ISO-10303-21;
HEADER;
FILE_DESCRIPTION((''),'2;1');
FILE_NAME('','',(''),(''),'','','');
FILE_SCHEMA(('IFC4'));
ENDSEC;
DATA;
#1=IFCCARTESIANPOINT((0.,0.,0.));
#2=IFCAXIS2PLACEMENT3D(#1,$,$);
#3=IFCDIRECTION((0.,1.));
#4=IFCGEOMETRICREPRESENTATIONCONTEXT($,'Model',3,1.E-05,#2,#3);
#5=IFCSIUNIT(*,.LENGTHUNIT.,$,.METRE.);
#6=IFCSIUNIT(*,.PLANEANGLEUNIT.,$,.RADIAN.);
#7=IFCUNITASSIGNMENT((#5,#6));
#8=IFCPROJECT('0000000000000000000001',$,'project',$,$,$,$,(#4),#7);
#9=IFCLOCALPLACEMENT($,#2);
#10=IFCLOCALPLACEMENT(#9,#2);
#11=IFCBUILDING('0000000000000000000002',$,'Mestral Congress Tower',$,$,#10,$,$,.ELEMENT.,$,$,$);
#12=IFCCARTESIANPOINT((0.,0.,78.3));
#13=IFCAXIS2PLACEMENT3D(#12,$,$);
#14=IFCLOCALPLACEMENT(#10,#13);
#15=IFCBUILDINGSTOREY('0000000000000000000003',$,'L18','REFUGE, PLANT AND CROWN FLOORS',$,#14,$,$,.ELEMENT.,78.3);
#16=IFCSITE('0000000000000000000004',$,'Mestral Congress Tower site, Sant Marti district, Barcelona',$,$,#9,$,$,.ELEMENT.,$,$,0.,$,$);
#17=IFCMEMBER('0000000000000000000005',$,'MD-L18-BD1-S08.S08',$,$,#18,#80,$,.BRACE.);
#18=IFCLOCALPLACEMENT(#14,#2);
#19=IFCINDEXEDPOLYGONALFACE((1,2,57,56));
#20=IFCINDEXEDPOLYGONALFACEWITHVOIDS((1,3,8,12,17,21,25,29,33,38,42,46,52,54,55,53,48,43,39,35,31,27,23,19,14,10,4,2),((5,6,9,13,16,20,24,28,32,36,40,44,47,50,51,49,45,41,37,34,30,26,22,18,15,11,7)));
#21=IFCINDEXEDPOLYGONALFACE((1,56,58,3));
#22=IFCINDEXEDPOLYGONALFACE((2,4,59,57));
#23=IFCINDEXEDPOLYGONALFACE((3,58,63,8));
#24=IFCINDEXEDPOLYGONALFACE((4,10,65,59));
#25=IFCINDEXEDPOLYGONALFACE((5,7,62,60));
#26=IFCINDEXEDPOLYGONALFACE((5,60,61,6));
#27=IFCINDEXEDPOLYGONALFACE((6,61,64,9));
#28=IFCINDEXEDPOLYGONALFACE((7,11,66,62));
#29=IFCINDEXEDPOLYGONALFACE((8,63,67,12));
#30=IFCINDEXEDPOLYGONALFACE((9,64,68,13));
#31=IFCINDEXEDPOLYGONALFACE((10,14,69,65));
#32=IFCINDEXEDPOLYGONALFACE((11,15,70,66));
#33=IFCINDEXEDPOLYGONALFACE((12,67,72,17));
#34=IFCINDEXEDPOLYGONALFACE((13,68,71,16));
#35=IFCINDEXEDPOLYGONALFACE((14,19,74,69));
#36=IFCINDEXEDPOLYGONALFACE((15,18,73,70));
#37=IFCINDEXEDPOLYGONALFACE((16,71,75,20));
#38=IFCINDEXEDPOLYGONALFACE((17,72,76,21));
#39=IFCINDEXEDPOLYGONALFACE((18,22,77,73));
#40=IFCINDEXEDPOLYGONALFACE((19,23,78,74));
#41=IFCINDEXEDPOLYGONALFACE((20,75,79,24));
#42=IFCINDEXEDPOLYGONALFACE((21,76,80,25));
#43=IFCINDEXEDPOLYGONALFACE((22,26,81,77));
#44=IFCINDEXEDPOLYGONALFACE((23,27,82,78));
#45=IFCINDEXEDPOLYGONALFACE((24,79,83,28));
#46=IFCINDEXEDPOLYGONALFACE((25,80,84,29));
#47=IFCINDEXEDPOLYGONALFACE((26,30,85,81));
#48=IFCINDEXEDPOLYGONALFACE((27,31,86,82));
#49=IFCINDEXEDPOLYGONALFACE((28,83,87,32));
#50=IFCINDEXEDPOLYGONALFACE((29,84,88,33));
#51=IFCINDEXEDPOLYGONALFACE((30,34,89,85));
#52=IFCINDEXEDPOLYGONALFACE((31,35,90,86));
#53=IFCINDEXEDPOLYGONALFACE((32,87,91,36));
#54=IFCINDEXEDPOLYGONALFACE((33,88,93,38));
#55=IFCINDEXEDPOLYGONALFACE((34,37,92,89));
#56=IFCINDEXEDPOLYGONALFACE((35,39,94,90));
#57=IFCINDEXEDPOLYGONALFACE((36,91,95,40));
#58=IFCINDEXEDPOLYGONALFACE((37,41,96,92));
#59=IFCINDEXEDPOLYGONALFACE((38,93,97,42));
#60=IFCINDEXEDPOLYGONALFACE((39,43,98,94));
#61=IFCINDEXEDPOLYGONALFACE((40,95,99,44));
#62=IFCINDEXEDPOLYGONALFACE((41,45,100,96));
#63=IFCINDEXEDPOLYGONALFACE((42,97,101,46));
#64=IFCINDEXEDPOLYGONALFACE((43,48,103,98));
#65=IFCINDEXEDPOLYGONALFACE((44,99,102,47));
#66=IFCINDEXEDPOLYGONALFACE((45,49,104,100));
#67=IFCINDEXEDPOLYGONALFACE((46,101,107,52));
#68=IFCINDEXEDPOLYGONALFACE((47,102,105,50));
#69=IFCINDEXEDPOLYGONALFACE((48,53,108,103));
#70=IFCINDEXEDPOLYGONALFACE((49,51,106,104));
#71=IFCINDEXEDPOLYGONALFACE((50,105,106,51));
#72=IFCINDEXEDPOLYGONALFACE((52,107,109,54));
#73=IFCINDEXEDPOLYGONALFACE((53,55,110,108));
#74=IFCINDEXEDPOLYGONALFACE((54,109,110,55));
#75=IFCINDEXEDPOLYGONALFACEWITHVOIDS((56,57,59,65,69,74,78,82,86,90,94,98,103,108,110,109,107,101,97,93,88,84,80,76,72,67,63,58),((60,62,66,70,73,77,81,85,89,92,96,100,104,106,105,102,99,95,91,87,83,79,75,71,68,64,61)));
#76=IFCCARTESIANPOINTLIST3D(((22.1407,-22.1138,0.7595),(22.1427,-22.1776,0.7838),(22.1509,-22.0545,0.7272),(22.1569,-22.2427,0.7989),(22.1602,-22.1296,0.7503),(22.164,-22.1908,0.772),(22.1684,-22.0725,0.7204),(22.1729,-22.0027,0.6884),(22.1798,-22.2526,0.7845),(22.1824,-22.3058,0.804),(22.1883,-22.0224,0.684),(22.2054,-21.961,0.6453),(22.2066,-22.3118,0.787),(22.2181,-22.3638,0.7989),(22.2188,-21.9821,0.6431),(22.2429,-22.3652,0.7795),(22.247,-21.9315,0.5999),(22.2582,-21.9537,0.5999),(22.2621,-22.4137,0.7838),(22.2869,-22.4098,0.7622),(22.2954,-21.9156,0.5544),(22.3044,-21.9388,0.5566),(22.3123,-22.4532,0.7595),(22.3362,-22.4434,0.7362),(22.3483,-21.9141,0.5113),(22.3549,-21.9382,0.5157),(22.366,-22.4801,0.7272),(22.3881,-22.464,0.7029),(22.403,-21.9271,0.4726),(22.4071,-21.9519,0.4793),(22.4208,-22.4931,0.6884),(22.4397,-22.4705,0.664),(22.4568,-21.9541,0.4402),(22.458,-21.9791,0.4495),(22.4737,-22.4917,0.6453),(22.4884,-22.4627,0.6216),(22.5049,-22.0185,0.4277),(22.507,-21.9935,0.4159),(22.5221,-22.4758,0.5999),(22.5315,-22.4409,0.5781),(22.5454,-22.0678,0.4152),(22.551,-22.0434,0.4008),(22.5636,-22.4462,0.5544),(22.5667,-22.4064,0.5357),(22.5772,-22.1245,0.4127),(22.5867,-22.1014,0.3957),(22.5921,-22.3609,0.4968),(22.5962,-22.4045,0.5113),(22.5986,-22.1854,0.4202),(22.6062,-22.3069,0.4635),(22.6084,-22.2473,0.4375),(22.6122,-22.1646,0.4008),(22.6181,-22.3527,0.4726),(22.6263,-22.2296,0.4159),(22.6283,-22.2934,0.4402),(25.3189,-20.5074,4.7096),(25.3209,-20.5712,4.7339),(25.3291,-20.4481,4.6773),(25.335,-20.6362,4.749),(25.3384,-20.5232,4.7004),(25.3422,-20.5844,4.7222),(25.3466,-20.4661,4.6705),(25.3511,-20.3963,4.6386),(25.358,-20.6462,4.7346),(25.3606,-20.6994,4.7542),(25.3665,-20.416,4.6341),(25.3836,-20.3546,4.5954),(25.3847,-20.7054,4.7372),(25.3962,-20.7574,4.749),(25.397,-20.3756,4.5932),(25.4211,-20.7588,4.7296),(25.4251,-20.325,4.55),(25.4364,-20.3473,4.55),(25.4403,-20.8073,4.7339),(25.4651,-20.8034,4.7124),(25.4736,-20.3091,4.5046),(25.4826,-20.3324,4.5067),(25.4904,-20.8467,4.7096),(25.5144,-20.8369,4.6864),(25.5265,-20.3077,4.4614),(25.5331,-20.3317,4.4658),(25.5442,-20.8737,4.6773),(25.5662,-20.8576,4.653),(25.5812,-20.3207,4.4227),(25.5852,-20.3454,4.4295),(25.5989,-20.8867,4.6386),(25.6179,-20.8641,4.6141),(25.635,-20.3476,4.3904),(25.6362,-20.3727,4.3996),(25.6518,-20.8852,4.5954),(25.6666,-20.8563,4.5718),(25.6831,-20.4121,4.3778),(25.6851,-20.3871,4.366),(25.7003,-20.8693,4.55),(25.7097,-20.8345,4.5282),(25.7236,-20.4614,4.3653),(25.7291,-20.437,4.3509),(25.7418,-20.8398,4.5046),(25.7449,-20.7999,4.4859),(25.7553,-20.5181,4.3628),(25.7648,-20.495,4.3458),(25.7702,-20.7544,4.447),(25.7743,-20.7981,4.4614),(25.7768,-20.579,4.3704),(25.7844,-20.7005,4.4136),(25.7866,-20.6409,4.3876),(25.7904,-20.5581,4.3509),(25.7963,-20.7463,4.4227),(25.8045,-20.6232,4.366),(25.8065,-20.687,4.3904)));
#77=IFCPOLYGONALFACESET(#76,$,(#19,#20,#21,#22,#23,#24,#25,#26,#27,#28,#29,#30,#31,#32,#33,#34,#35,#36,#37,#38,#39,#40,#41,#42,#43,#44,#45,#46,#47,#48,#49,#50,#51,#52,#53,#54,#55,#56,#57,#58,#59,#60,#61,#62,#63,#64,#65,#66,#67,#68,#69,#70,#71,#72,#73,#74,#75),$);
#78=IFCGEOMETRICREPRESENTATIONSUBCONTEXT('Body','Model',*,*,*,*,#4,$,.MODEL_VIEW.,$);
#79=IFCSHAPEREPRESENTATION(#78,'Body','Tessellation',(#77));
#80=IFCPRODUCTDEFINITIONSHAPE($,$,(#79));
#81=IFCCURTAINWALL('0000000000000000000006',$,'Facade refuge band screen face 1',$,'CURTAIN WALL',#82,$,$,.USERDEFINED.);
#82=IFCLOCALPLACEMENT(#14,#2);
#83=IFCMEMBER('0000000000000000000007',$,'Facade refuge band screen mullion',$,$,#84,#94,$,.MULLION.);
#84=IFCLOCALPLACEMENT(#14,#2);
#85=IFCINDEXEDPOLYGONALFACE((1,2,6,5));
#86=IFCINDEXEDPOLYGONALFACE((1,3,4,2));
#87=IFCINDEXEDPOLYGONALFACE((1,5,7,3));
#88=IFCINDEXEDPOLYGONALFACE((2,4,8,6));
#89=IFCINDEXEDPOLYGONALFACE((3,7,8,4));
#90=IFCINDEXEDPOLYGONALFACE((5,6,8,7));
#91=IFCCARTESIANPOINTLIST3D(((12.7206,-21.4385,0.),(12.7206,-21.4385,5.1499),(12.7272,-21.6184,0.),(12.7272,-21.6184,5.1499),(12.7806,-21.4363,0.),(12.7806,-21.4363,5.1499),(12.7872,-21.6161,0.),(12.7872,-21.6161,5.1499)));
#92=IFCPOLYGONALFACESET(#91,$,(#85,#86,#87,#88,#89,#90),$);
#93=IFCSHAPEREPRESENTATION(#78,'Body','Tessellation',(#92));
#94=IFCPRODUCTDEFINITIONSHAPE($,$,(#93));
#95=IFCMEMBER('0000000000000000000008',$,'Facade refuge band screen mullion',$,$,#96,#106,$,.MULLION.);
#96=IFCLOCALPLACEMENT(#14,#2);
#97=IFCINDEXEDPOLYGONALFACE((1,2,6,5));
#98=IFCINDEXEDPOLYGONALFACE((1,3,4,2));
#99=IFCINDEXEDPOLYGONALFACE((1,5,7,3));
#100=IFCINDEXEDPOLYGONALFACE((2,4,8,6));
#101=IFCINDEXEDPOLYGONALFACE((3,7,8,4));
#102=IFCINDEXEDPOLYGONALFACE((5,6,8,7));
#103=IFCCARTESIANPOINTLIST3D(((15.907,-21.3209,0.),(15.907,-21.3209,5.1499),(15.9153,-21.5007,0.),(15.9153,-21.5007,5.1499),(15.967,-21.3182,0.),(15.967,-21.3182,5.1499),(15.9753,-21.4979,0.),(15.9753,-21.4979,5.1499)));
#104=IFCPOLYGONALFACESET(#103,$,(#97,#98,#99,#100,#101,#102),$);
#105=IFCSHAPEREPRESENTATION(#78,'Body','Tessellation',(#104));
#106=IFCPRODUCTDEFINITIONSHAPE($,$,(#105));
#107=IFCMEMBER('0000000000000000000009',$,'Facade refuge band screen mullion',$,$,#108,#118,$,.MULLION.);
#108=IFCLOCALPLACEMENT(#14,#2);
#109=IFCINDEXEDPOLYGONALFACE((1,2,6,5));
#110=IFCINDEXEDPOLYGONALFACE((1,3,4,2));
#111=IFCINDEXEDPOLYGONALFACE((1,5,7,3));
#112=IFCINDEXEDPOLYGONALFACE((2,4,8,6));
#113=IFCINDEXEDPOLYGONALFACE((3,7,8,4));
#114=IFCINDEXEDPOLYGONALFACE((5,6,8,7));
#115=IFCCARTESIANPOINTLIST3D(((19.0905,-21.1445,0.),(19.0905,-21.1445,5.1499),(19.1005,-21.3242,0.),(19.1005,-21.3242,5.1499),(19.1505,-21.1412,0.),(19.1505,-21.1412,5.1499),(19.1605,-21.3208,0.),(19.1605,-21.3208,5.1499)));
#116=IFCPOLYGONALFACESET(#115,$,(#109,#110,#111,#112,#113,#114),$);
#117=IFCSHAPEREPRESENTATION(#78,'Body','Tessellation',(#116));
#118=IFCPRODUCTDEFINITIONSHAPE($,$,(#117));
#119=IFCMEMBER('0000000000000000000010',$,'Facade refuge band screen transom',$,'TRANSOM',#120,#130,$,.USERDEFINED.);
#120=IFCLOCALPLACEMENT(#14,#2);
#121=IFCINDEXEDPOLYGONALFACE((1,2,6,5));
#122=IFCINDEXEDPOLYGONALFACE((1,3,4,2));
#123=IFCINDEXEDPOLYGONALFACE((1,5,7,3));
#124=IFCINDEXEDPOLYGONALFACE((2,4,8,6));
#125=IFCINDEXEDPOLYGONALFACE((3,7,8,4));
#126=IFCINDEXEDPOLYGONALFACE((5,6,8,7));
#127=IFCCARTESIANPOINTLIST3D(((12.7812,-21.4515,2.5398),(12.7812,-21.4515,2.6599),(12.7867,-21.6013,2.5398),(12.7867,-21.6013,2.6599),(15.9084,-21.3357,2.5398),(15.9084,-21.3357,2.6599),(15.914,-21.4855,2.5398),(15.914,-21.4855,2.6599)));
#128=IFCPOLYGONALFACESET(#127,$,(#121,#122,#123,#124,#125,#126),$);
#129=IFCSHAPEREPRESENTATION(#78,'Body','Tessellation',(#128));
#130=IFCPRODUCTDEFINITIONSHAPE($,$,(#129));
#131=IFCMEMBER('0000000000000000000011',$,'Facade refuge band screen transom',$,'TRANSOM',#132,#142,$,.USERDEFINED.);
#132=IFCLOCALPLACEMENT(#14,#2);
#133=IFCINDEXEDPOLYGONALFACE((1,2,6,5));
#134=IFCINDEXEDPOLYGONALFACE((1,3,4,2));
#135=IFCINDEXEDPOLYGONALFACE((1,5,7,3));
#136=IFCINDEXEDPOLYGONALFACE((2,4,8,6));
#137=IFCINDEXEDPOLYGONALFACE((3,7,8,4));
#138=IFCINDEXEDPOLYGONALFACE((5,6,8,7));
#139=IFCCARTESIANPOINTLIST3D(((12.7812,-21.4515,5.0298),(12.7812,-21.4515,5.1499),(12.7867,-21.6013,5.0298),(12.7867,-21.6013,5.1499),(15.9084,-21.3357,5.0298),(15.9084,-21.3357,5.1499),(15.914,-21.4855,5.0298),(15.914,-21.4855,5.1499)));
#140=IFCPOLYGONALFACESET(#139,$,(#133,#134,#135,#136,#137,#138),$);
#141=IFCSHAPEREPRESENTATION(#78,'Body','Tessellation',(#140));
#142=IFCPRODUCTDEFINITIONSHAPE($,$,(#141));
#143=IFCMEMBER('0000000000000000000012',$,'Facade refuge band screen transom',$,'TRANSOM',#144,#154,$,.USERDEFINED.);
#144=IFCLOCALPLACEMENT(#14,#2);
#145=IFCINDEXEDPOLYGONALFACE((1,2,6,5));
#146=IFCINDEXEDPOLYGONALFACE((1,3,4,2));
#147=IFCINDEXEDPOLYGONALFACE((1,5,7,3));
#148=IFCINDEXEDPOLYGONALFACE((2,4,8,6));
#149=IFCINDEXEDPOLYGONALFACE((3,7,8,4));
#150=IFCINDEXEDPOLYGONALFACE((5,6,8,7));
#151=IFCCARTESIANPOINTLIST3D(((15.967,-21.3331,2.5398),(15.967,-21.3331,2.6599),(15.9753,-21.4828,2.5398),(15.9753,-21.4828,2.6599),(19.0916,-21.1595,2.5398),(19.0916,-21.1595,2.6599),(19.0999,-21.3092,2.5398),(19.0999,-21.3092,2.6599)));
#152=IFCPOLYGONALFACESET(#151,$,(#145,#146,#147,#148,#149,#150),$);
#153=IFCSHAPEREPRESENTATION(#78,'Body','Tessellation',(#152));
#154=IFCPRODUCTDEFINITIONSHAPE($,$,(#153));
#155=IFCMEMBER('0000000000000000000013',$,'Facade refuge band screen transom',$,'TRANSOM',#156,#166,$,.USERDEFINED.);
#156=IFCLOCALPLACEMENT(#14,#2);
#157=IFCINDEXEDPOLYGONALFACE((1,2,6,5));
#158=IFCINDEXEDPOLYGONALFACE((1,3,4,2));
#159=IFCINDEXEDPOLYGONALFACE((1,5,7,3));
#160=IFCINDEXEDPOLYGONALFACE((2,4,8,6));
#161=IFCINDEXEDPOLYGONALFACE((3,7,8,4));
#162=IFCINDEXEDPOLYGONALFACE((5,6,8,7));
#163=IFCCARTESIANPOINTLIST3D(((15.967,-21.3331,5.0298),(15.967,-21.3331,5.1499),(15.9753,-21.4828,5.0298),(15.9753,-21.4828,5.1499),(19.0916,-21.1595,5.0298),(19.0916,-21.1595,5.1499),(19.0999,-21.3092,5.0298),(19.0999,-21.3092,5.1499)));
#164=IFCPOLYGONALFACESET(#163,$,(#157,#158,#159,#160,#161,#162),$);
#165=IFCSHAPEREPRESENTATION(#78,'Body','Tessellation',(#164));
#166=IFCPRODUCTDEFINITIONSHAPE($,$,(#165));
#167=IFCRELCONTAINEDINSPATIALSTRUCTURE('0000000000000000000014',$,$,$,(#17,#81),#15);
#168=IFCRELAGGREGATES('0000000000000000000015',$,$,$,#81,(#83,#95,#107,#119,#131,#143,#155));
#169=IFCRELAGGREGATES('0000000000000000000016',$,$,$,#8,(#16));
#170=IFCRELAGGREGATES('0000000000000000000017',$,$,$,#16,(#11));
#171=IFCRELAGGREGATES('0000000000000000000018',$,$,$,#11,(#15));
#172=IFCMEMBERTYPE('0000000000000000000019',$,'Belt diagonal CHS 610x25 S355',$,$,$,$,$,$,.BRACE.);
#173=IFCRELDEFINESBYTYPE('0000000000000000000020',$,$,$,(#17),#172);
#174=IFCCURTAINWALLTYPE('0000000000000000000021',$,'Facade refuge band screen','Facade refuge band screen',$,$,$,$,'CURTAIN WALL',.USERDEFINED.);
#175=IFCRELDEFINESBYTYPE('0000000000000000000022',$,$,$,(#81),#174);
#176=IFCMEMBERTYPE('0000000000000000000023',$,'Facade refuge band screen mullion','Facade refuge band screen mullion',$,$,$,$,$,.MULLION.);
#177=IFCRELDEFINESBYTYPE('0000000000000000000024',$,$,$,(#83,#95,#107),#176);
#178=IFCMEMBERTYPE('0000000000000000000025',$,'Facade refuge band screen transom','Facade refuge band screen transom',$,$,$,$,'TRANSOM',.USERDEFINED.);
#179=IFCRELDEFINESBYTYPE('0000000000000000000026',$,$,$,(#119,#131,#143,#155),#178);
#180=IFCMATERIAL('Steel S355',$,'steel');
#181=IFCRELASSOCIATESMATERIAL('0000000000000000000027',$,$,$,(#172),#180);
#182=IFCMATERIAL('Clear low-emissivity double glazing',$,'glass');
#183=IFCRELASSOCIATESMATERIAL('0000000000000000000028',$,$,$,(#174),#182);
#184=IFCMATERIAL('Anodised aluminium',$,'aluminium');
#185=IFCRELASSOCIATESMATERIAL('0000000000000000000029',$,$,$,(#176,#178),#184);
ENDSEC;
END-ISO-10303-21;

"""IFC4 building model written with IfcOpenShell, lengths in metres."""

from ifc_helpers import new_model, si_unit, direction, frame, origin, origin_2d, place, context, subcontext, project, spatial, rectangle, hollow_circle, extrude, material, material_profile, profile_set, type_object, element, aggregate, save


model = new_model("IFC4")

# Units and contexts
model_context = context("Model", 3, precision=1e-05, world=origin(), true_north=direction((0.0, 1.0)))
body_context = subcontext(model_context, "Body", "Model", "MODEL_VIEW")
ifc_project = project(units=[si_unit("LENGTHUNIT", "METRE"), si_unit("PLANEANGLEUNIT", "RADIAN")], contexts=[model_context])

# Site, building, storey
site_placement = place(None, origin())
site = spatial("IfcSite", under=ifc_project, at=site_placement, Name="Mestral Congress Tower site, Sant Marti district, Barcelona", CompositionType="ELEMENT", RefElevation=0.0)
building_placement = place(site_placement, origin())
building = spatial("IfcBuilding", under=site, at=building_placement, Name="Mestral Congress Tower", CompositionType="ELEMENT")
storey_placement = place(building_placement, frame((0.0, 0.0, 78.3)))
storey = spatial("IfcBuildingStorey", under=building, at=storey_placement, Name="L18", Description="REFUGE, PLANT AND CROWN FLOORS", CompositionType="ELEMENT", Elevation=78.3)

# Member
ifc_material_1 = material(Name="Steel S355", Category="steel")
ifc_material_profile_1 = material_profile(ifc_material_1, hollow_circle(Radius=0.3049, WallThickness=0.0249, at=origin_2d()), Name="CHS 610x25")
ifc_profile_set_1 = profile_set([ifc_material_profile_1], Name="Steel S355")
member_type_1 = type_object("IfcMemberType", Name="Belt diagonal CHS 610x25 S355", PredefinedType="BRACE", material=ifc_profile_set_1)
member_1_placement = place(storey_placement, frame((22.3845, -22.2036, 0.5999), z_axis=(0.597585, 0.302052, 0.742736), x_axis=(-0.451103, 0.892472, 0.0)))
element("IfcMember", 1, at=member_1_placement, inside=storey, type_object=member_type_1, Name="MD-L18-BD1-S08.S08", PredefinedType="BRACE", context=body_context, shape_type="SweptSolid", body=[
    extrude(hollow_circle(Radius=0.3049, WallThickness=0.0249, at=origin_2d()), origin(), (0.0, 0.0, 1.0), 5.3184),
])

# Curtain wall, members
ifc_material_2 = material(Name="Clear low-emissivity double glazing", Category="glass")
curtain_wall_type = type_object("IfcCurtainWallType", Name="Facade refuge band screen", Description="Facade refuge band screen", ElementType="CURTAIN WALL", PredefinedType="USERDEFINED", material=ifc_material_2)
curtain_wall_placement = place(storey_placement, origin())
curtain_wall = element("IfcCurtainWall", 2, at=curtain_wall_placement, inside=storey, type_object=curtain_wall_type, Name="Facade refuge band screen face 1", ObjectType="CURTAIN WALL", PredefinedType="USERDEFINED")
ifc_material_3 = material(Name="Anodised aluminium", Category="aluminium")
ifc_material_profile_2 = material_profile(ifc_material_3, rectangle(XDim=0.1799, YDim=0.0601, at=origin_2d()), Name="CW3 mullion 180 x 60")
ifc_profile_set_2 = profile_set([ifc_material_profile_2], Name="Anodised aluminium")
member_type_2 = type_object("IfcMemberType", Name="Facade refuge band screen mullion", Description="Facade refuge band screen mullion", PredefinedType="MULLION", material=ifc_profile_set_2)
member_2_placement = place(storey_placement, frame((12.7539, -21.5273, 0.0), z_axis=(0.0, 0.0, 1.0), x_axis=(0.036965, -0.999317, 0.0)))
member_2 = element("IfcMember", 3, at=member_2_placement, type_object=member_type_2, Name="Facade refuge band screen mullion", PredefinedType="MULLION", context=body_context, shape_type="SweptSolid", body=[
    extrude(rectangle(XDim=0.1799, YDim=0.0601, at=origin_2d()), origin(), (0.0, 0.0, 1.0), 5.1499),
])
member_3_placement = place(storey_placement, frame((15.9412, -21.4094, 0.0), z_axis=(0.0, 0.0, 1.0), x_axis=(0.0462, -0.998932, 0.0)))
member_3 = element("IfcMember", 4, at=member_3_placement, type_object=member_type_2, Name="Facade refuge band screen mullion", PredefinedType="MULLION", context=body_context, shape_type="SweptSolid", body=[
    extrude(rectangle(XDim=0.1799, YDim=0.0601, at=origin_2d()), origin(), (0.0, 0.0, 1.0), 5.1499),
])
member_4_placement = place(storey_placement, frame((19.1255, -21.2327, 0.0), z_axis=(0.0, 0.0, 1.0), x_axis=(0.055431, -0.998463, 0.0)))
member_4 = element("IfcMember", 5, at=member_4_placement, type_object=member_type_2, Name="Facade refuge band screen mullion", PredefinedType="MULLION", context=body_context, shape_type="SweptSolid", body=[
    extrude(rectangle(XDim=0.1799, YDim=0.0601, at=origin_2d()), origin(), (0.0, 0.0, 1.0), 5.1499),
])
ifc_material_profile_3 = material_profile(ifc_material_3, rectangle(XDim=0.1499, YDim=0.1201, at=origin_2d()), Name="CW3 transom 150 x 120")
ifc_profile_set_3 = profile_set([ifc_material_profile_3], Name="Anodised aluminium")
member_type_3 = type_object("IfcMemberType", Name="Facade refuge band screen transom", Description="Facade refuge band screen transom", ElementType="TRANSOM", PredefinedType="USERDEFINED", material=ifc_profile_set_3)
member_5_placement = place(storey_placement, frame((12.7839, -21.5264, 2.5999), z_axis=(0.999316, 0.03698, 0.0), x_axis=(-0.03698, 0.999316, 0.0)))
member_5 = element("IfcMember", 6, at=member_5_placement, type_object=member_type_3, Name="Facade refuge band screen transom", ObjectType="TRANSOM", PredefinedType="USERDEFINED", context=body_context, shape_type="SweptSolid", body=[
    extrude(rectangle(XDim=0.1499, YDim=0.1201, at=origin_2d()), origin(), (0.0, 0.0, 1.0), 3.1294),
])
member_6_placement = place(storey_placement, frame((12.7839, -21.5264, 5.0898), z_axis=(0.999316, 0.03698, 0.0), x_axis=(-0.03698, 0.999316, 0.0)))
member_6 = element("IfcMember", 7, at=member_6_placement, type_object=member_type_3, Name="Facade refuge band screen transom", ObjectType="TRANSOM", PredefinedType="USERDEFINED", context=body_context, shape_type="SweptSolid", body=[
    extrude(rectangle(XDim=0.1499, YDim=0.1201, at=origin_2d()), origin(), (0.0, 0.0, 1.0), 3.1294),
])
member_7_placement = place(storey_placement, frame((15.9712, -21.408, 2.5999), z_axis=(0.99846, 0.05547, 0.0), x_axis=(-0.05547, 0.99846, 0.0)))
member_7 = element("IfcMember", 8, at=member_7_placement, type_object=member_type_3, Name="Facade refuge band screen transom", ObjectType="TRANSOM", PredefinedType="USERDEFINED", context=body_context, shape_type="SweptSolid", body=[
    extrude(rectangle(XDim=0.1499, YDim=0.1201, at=origin_2d()), origin(), (0.0, 0.0, 1.0), 3.1294),
])
member_8_placement = place(storey_placement, frame((15.9712, -21.408, 5.0898), z_axis=(0.99846, 0.05547, 0.0), x_axis=(-0.05547, 0.99846, 0.0)))
member_8 = element("IfcMember", 9, at=member_8_placement, type_object=member_type_3, Name="Facade refuge band screen transom", ObjectType="TRANSOM", PredefinedType="USERDEFINED", context=body_context, shape_type="SweptSolid", body=[
    extrude(rectangle(XDim=0.1499, YDim=0.1201, at=origin_2d()), origin(), (0.0, 0.0, 1.0), 3.1294),
])

aggregate(curtain_wall, [member_2, member_3, member_4, member_5, member_6, member_7, member_8])

save(model, "model.ifc")
